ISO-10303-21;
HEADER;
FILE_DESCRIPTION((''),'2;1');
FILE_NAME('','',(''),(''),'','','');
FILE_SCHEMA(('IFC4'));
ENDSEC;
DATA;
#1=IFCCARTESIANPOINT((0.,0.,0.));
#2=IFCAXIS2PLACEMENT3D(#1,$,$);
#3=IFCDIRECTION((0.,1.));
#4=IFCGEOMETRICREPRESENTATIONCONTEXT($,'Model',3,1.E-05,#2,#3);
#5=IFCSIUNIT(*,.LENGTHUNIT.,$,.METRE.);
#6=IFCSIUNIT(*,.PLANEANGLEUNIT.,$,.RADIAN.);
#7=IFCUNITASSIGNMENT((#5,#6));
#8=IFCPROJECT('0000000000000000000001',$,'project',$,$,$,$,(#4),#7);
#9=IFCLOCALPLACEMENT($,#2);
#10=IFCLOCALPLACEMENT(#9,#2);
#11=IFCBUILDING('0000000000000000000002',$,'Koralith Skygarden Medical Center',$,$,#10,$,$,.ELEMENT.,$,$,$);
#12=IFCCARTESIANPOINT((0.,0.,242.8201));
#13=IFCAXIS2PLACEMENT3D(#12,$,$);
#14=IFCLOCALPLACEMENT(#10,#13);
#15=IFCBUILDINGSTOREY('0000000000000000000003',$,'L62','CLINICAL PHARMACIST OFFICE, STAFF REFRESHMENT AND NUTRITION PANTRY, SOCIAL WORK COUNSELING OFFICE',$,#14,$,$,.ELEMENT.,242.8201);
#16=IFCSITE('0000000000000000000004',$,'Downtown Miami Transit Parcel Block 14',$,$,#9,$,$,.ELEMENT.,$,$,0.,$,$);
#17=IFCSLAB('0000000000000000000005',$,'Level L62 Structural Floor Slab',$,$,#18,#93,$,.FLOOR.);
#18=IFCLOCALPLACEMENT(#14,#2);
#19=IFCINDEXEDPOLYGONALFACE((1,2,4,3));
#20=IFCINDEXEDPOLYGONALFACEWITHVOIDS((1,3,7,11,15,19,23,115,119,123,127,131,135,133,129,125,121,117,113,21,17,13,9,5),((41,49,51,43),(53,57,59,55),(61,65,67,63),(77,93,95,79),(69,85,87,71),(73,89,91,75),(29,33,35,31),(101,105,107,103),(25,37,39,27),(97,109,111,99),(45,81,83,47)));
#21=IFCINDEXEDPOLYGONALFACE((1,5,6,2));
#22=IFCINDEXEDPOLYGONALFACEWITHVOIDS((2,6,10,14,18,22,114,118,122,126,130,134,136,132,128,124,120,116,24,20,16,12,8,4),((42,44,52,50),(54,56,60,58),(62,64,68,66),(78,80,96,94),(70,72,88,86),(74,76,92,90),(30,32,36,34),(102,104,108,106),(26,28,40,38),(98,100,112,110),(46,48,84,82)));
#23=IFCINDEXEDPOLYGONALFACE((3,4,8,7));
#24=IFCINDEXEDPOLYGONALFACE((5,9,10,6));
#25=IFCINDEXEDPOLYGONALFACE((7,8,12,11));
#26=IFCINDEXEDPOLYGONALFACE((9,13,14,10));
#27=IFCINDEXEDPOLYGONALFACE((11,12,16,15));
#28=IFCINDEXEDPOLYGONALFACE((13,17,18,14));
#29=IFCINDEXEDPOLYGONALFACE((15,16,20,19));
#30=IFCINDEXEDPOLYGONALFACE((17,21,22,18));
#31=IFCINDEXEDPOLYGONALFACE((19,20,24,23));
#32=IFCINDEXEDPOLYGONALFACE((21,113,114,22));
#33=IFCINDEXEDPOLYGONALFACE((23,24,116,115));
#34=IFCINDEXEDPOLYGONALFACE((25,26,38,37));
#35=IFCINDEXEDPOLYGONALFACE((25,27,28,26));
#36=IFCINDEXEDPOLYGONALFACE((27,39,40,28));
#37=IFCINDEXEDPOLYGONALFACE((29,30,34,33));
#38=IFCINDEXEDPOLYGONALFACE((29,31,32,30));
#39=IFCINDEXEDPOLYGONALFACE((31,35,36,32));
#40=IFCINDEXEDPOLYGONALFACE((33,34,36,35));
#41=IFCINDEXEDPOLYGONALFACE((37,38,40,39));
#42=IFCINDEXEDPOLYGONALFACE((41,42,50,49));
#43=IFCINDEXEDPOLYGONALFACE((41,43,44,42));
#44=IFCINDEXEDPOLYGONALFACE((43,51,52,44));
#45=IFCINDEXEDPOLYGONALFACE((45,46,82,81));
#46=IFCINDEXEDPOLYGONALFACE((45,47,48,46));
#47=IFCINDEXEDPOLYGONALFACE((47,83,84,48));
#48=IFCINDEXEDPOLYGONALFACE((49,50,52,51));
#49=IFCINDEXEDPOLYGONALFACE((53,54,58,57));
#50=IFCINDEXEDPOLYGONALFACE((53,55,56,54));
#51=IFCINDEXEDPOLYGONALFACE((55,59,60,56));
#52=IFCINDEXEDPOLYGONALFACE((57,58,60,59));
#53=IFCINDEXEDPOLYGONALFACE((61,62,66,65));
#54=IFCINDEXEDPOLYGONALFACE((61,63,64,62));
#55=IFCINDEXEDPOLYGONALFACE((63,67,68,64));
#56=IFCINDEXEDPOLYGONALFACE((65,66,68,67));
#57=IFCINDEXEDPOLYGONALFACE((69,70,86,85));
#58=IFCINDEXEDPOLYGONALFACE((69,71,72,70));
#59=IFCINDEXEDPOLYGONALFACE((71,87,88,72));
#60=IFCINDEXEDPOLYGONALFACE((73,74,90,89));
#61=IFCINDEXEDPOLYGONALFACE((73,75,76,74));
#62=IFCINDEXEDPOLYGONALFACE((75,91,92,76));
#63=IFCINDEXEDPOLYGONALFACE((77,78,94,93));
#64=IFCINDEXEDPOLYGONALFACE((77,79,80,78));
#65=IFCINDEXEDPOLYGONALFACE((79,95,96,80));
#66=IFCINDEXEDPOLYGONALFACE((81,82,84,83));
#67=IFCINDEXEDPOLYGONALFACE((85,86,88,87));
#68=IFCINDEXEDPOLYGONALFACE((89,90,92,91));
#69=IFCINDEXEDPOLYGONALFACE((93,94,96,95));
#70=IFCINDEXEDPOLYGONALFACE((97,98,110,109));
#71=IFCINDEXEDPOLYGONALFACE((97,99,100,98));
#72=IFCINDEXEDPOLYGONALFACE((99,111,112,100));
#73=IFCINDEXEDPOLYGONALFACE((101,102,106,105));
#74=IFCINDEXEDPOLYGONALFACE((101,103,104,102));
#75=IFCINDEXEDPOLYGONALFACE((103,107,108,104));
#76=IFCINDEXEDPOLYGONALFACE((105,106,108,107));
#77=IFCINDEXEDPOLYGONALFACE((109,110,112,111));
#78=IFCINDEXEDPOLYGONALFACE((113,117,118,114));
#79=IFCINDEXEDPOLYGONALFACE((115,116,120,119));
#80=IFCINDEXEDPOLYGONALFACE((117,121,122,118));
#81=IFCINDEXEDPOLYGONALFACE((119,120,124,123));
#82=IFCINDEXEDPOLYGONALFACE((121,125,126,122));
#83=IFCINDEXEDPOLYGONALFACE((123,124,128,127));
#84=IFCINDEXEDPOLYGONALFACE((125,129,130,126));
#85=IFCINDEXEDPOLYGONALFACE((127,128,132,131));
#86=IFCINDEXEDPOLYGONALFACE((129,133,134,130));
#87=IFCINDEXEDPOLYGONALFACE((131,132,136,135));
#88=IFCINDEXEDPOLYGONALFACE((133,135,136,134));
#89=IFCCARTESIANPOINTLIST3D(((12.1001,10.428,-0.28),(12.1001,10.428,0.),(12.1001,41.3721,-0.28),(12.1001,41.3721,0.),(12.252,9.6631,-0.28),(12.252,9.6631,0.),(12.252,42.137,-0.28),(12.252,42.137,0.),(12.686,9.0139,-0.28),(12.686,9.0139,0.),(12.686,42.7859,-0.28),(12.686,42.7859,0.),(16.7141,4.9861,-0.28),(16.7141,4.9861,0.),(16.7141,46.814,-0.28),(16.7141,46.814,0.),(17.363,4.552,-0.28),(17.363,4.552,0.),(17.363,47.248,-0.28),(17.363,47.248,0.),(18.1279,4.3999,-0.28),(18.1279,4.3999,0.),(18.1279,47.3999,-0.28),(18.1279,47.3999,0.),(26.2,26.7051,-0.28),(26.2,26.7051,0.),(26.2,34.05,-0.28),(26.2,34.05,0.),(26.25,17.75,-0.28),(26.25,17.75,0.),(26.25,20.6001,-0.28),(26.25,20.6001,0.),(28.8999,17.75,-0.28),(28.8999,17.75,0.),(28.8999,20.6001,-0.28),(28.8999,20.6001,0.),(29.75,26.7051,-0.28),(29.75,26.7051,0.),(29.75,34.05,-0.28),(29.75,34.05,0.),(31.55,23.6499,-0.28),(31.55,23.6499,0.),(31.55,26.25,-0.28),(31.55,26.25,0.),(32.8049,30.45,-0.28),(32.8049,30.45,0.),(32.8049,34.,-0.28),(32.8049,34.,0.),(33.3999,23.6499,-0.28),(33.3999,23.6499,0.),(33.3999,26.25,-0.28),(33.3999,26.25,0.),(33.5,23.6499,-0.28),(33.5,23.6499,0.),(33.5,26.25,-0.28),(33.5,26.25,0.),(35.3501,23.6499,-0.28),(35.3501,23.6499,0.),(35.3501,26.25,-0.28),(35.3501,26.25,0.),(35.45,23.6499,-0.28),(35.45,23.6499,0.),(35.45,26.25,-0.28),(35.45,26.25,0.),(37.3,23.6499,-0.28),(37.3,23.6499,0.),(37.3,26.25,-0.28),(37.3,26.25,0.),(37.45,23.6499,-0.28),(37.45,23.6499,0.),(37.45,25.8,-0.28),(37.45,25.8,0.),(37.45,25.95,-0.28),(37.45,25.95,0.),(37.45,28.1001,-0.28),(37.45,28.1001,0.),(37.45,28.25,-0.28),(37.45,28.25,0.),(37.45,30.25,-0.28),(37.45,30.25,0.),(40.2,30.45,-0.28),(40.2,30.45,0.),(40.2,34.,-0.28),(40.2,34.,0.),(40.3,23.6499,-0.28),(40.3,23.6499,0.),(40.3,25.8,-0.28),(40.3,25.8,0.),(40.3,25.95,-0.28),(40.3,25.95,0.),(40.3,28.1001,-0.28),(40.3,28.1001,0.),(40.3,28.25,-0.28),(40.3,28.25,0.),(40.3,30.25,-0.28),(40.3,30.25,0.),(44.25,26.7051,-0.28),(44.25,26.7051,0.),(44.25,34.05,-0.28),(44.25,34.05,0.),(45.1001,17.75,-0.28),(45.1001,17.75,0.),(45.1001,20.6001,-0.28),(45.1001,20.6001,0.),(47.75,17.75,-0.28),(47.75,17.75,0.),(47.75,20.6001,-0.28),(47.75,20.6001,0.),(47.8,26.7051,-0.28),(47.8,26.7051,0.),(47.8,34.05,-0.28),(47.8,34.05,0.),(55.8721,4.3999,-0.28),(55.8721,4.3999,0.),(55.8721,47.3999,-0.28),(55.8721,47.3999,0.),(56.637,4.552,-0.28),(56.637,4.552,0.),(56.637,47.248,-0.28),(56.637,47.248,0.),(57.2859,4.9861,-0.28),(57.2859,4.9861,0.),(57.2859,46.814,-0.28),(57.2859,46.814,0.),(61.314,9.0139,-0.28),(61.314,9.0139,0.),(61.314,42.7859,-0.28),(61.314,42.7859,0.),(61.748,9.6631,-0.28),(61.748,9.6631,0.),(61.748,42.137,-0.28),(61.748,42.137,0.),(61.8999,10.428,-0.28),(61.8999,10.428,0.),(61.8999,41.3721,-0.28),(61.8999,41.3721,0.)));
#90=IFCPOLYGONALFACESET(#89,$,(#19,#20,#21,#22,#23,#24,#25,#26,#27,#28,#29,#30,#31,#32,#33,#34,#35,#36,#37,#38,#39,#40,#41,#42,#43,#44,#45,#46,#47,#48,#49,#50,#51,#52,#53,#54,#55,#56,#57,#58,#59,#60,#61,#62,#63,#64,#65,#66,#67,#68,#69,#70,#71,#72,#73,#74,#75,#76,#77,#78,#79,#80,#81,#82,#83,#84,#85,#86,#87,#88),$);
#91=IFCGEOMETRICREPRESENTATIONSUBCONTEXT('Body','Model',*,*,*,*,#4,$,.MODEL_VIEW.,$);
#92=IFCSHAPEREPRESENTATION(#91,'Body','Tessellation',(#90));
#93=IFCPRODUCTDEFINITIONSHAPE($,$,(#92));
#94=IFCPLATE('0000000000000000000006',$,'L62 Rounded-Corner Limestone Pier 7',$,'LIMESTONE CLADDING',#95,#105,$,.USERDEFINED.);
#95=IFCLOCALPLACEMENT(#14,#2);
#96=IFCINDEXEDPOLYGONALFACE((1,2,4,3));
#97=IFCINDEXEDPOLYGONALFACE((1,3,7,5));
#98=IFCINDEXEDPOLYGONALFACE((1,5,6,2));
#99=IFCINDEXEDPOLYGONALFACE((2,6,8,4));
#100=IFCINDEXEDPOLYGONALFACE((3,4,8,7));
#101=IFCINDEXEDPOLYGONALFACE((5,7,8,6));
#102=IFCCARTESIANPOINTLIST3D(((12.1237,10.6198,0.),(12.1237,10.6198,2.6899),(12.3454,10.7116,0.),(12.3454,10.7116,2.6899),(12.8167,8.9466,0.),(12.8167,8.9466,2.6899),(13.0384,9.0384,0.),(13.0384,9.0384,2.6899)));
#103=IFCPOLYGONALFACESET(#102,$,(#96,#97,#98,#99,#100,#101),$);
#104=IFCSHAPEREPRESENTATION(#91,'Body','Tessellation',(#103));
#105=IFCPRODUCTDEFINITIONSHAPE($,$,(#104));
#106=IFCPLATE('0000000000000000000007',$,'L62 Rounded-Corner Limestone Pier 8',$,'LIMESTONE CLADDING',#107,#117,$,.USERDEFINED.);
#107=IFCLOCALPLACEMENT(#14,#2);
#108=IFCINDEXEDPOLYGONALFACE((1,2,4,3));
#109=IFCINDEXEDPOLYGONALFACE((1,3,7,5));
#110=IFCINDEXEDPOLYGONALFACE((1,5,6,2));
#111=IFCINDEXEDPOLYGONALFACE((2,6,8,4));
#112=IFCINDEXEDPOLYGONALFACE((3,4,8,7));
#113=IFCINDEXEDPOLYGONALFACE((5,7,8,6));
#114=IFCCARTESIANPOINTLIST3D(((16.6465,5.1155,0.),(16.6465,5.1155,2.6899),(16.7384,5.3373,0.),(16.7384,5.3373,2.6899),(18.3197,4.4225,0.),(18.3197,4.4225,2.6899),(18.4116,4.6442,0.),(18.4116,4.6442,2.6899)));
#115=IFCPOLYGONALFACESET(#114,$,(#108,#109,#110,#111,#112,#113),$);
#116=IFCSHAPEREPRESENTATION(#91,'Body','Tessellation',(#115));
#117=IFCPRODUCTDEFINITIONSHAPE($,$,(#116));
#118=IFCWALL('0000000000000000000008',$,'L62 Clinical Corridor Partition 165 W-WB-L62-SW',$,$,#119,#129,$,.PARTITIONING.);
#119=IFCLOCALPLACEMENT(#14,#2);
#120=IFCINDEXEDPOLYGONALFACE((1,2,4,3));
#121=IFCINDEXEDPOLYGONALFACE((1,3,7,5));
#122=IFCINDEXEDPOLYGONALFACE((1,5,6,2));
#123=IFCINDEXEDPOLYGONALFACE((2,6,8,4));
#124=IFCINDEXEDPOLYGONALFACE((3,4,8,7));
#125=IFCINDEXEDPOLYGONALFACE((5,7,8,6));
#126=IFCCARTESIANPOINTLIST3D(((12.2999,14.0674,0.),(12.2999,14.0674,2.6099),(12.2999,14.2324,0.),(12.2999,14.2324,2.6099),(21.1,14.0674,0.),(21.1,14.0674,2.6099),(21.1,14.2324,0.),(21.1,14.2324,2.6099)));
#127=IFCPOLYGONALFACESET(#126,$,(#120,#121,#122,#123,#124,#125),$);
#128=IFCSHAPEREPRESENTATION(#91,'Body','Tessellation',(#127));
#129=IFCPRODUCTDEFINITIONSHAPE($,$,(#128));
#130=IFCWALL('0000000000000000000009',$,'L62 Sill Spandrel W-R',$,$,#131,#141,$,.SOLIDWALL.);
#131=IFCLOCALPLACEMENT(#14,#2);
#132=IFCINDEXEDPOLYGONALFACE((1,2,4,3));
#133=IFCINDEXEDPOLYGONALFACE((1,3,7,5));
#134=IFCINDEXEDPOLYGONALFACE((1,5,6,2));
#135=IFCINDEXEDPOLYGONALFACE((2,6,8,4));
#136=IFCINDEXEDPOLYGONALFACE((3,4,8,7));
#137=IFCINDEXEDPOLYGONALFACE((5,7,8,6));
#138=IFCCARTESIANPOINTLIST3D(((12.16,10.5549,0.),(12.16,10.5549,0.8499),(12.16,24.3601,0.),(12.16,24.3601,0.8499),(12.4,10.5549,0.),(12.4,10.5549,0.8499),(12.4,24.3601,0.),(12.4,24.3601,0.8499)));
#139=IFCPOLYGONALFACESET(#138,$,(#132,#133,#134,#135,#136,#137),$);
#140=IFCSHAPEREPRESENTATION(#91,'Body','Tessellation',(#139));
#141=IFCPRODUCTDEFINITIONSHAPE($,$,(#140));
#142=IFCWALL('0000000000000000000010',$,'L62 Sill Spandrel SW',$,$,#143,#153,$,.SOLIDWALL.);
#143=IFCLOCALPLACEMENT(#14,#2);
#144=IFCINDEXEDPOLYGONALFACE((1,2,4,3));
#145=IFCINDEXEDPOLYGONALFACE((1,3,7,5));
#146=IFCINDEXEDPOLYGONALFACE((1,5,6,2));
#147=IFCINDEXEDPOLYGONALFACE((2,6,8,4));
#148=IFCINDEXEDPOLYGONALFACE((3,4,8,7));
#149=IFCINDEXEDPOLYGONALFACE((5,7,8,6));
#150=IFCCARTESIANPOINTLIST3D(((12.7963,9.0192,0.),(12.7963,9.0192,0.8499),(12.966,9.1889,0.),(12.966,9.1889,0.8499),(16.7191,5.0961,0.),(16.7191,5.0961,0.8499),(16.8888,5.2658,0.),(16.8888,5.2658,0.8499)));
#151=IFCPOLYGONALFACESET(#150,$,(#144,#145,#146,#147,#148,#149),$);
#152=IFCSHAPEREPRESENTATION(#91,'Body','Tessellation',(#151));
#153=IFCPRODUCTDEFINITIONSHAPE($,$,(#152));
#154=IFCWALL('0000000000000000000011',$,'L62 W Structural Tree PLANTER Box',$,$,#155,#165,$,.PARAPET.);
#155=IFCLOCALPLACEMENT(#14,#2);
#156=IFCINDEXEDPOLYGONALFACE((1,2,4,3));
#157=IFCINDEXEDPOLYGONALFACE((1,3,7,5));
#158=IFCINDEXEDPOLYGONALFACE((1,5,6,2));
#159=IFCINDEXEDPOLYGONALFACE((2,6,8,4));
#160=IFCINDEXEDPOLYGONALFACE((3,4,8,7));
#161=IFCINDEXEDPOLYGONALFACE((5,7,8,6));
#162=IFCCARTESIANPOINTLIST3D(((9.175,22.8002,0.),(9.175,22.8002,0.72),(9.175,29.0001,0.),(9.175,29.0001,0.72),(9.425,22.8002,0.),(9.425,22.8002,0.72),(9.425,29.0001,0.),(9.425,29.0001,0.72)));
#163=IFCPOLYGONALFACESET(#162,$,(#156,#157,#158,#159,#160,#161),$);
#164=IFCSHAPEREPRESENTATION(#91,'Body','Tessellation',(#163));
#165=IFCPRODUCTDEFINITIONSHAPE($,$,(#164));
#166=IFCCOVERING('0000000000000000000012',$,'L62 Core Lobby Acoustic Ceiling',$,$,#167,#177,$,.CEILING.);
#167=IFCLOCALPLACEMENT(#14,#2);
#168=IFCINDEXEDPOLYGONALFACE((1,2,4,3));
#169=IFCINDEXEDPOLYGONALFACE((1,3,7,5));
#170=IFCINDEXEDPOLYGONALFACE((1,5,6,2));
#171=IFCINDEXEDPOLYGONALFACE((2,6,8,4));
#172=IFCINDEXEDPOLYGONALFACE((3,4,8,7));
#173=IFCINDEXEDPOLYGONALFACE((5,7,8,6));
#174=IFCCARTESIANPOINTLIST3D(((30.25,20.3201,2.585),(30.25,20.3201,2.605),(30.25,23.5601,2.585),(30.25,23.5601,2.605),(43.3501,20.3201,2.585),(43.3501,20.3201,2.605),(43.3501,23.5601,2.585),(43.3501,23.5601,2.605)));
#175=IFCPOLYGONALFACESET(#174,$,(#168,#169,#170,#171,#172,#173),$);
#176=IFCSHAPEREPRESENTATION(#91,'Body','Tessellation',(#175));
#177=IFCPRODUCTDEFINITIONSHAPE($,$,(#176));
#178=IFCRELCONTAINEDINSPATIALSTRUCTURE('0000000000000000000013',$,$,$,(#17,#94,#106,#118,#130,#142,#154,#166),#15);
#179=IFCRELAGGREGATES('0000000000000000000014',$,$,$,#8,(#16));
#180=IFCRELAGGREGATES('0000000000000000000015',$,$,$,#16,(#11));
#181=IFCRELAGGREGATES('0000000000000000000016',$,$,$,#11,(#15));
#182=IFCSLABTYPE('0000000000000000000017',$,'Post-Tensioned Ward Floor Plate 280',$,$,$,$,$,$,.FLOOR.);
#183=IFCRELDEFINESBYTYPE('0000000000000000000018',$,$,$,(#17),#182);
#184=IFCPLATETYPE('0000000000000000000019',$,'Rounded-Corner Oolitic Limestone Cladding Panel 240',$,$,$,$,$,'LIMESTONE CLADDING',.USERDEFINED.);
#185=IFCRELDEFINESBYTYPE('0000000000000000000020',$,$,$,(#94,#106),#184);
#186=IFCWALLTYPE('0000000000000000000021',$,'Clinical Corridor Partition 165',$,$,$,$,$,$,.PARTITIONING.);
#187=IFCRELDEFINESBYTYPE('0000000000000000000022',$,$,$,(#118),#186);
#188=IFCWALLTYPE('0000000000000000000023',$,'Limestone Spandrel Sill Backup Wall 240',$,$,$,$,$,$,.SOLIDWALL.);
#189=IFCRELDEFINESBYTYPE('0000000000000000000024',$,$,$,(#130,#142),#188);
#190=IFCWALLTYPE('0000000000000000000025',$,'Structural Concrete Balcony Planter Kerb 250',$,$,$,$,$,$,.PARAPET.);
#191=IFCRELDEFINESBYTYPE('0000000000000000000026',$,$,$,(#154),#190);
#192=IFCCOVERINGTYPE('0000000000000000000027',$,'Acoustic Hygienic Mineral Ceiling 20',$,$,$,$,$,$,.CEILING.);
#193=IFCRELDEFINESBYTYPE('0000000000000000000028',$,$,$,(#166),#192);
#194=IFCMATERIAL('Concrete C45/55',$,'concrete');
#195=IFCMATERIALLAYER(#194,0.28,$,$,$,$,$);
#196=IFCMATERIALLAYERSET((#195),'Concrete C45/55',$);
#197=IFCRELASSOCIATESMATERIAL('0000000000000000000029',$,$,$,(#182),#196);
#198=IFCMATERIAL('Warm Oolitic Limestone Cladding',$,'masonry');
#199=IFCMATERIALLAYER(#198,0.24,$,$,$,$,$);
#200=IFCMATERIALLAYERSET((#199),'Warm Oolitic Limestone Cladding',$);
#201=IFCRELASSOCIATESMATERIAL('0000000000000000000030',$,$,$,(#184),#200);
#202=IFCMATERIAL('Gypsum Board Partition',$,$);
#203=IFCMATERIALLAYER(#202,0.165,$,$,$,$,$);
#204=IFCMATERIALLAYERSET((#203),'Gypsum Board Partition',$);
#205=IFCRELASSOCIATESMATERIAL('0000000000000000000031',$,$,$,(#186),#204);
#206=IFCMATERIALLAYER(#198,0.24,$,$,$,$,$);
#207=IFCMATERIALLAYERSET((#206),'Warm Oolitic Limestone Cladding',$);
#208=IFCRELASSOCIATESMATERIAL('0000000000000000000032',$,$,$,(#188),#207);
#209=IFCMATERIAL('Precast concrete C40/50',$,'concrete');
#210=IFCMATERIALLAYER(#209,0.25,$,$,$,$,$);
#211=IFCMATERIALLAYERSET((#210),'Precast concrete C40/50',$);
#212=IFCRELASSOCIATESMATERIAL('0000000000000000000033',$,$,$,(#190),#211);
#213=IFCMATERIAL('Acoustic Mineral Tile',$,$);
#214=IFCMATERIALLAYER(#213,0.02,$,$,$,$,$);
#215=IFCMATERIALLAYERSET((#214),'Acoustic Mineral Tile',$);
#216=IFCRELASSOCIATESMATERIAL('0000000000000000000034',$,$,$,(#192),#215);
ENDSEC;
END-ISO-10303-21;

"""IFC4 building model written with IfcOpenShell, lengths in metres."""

from ifc_helpers import new_model, si_unit, direction, frame, frame_2d, origin, origin_2d, place, context, subcontext, project, spatial, polyline, rectangle, outline, extrude, material, layer, layer_set, type_object, element, save


model = new_model("IFC4")

# Units and contexts
model_context = context("Model", 3, precision=1e-05, world=origin(), true_north=direction((0.0, 1.0)))
body_context = subcontext(model_context, "Body", "Model", "MODEL_VIEW")
ifc_project = project(units=[si_unit("LENGTHUNIT", "METRE"), si_unit("PLANEANGLEUNIT", "RADIAN")], contexts=[model_context])

# Site, building, storey
site_placement = place(None, origin())
site = spatial("IfcSite", under=ifc_project, at=site_placement, Name="Downtown Miami Transit Parcel Block 14", CompositionType="ELEMENT", RefElevation=0.0)
building_placement = place(site_placement, origin())
building = spatial("IfcBuilding", under=site, at=building_placement, Name="Koralith Skygarden Medical Center", CompositionType="ELEMENT")
storey_placement = place(building_placement, frame((0.0, 0.0, 242.8201)))
storey = spatial("IfcBuildingStorey", under=building, at=storey_placement, Name="L62", Description="CLINICAL PHARMACIST OFFICE, STAFF REFRESHMENT AND NUTRITION PANTRY, SOCIAL WORK COUNSELING OFFICE", CompositionType="ELEMENT", Elevation=242.8201)

# Shared definitions
ifc_material_1 = material(Name="Concrete C45/55", Category="concrete")

# Slab
ifc_layer_1 = layer(ifc_material_1, 0.28)
ifc_layer_set_1 = layer_set([ifc_layer_1], Name="Concrete C45/55")
slab_type_1 = type_object("IfcSlabType", Name="Post-Tensioned Ward Floor Plate 280", PredefinedType="FLOOR", material=ifc_layer_set_1)
slab_1_placement = place(storey_placement, frame((0.0, 0.0, -0.28)))
element("IfcSlab", 1, at=slab_1_placement, inside=storey, type_object=slab_type_1, Name="Level L62 Structural Floor Slab", PredefinedType="FLOOR", context=body_context, shape_type="SweptSolid", body=[
    extrude(outline(polyline([(16.7141, 4.9861), (17.363, 4.552), (18.1279, 4.3999), (55.8721, 4.3999), (56.637, 4.552), (57.2859, 4.9861), (61.314, 9.0139), (61.748, 9.6631), (61.8999, 10.428), (61.8999, 41.3721), (61.748, 42.137), (61.314, 42.7859), (57.2859, 46.814), (56.637, 47.248), (55.8721, 47.3999), (18.1279, 47.3999), (17.363, 47.248), (16.7141, 46.814), (12.686, 42.7859), (12.252, 42.137), (12.1001, 41.3721), (12.1001, 10.428), (12.252, 9.6631), (12.686, 9.0139), (16.7141, 4.9861)]), holes=[polyline([(26.2, 26.7051), (29.75, 26.7051), (29.75, 34.05), (26.2, 34.05), (26.2, 26.7051)]), polyline([(44.25, 26.7051), (47.8, 26.7051), (47.8, 34.05), (44.25, 34.05), (44.25, 26.7051)]), polyline([(32.8049, 30.45), (40.2, 30.45), (40.2, 34.0), (32.8049, 34.0), (32.8049, 30.45)]), polyline([(26.25, 17.75), (28.8999, 17.75), (28.8999, 20.6001), (26.25, 20.6001), (26.25, 17.75)]), polyline([(45.1001, 17.75), (47.75, 17.75), (47.75, 20.6001), (45.1001, 20.6001), (45.1001, 17.75)]), polyline([(31.55, 23.6499), (33.3999, 23.6499), (33.3999, 26.25), (31.55, 26.25), (31.55, 23.6499)]), polyline([(33.5, 23.6499), (35.3501, 23.6499), (35.3501, 26.25), (33.5, 26.25), (33.5, 23.6499)]), polyline([(35.45, 23.6499), (37.3, 23.6499), (37.3, 26.25), (35.45, 26.25), (35.45, 23.6499)]), polyline([(37.45, 23.6499), (40.3, 23.6499), (40.3, 25.8), (37.45, 25.8), (37.45, 23.6499)]), polyline([(37.45, 25.95), (40.3, 25.95), (40.3, 28.1001), (37.45, 28.1001), (37.45, 25.95)]), polyline([(37.45, 28.25), (40.3, 28.25), (40.3, 30.25), (37.45, 30.25), (37.45, 28.25)])]), origin(), (0.0, 0.0, 1.0), 0.28),
])

# Plates
ifc_material_2 = material(Name="Warm Oolitic Limestone Cladding", Category="masonry")
ifc_layer_2 = layer(ifc_material_2, 0.24)
ifc_layer_set_2 = layer_set([ifc_layer_2], Name="Warm Oolitic Limestone Cladding")
plate_type_1 = type_object("IfcPlateType", Name="Rounded-Corner Oolitic Limestone Cladding Panel 240", ElementType="LIMESTONE CLADDING", PredefinedType="USERDEFINED", material=ifc_layer_set_2)
for number, where, z_axis, x_axis, name in (
    (2, (12.5811, 9.8291, 0.0), (0.0, 0.0, 1.0), (0.382671, -0.923885, 0.0), "L62 Rounded-Corner Limestone Pier 7"),
    (3, (17.5291, 4.8799, 0.0), (0.0, 0.0, 1.0), (0.923885, -0.382671, 0.0), "L62 Rounded-Corner Limestone Pier 8"),
):
    element("IfcPlate", number, at=place(storey_placement, frame(where, z_axis=z_axis, x_axis=x_axis)), inside=storey, type_object=plate_type_1, Name=name, ObjectType="LIMESTONE CLADDING", PredefinedType="USERDEFINED", context=body_context, shape_type="SweptSolid", body=[
        extrude(rectangle(XDim=1.811, YDim=0.24, at=origin_2d()), origin(), (0.0, 0.0, 1.0), 2.6899),
    ])

# Walls
ifc_material_3 = material(Name="Gypsum Board Partition")
ifc_layer_3 = layer(ifc_material_3, 0.165)
ifc_layer_set_3 = layer_set([ifc_layer_3], Name="Gypsum Board Partition")
wall_type_1 = type_object("IfcWallType", Name="Clinical Corridor Partition 165", PredefinedType="PARTITIONING", material=ifc_layer_set_3)
wall_1_placement = place(storey_placement, frame((12.3, 14.1499, 0.0), z_axis=(0.0, 0.0, 1.0), x_axis=(1.0, 0.0, 0.0)))
element("IfcWall", 4, at=wall_1_placement, inside=storey, type_object=wall_type_1, Name="L62 Clinical Corridor Partition 165 W-WB-L62-SW", PredefinedType="PARTITIONING", context=body_context, shape_type="SweptSolid", body=[
    extrude(rectangle(XDim=8.8, YDim=0.165, at=frame_2d((4.3999, 0.0))), origin(), (0.0, 0.0, 1.0), 2.6099),
])
ifc_layer_4 = layer(ifc_material_2, 0.24)
ifc_layer_set_4 = layer_set([ifc_layer_4], Name="Warm Oolitic Limestone Cladding")
wall_type_2 = type_object("IfcWallType", Name="Limestone Spandrel Sill Backup Wall 240", PredefinedType="SOLIDWALL", material=ifc_layer_set_4)
wall_2_placement = place(storey_placement, frame((12.28, 24.3601, 0.0), z_axis=(0.0, 0.0, 1.0), x_axis=(0.0, -1.0, 0.0)))
element("IfcWall", 5, at=wall_2_placement, inside=storey, type_object=wall_type_2, Name="L62 Sill Spandrel W-R", PredefinedType="SOLIDWALL", context=body_context, shape_type="SweptSolid", body=[
    extrude(rectangle(XDim=13.8052, YDim=0.24, at=frame_2d((6.9026, 0.0))), origin(), (0.0, 0.0, 1.0), 0.8499),
])
wall_3_placement = place(storey_placement, frame((12.8811, 9.104, 0.0), z_axis=(0.0, 0.0, 1.0), x_axis=(0.707085, -0.707129, 0.0)))
element("IfcWall", 6, at=wall_3_placement, inside=storey, type_object=wall_type_2, Name="L62 Sill Spandrel SW", PredefinedType="SOLIDWALL", context=body_context, shape_type="SweptSolid", body=[
    extrude(rectangle(XDim=5.5479, YDim=0.24, at=frame_2d((2.7739, 0.0))), origin(), (0.0, 0.0, 1.0), 0.8499),
])
ifc_material_4 = material(Name="Precast concrete C40/50", Category="concrete")
ifc_layer_5 = layer(ifc_material_4, 0.25)
ifc_layer_set_5 = layer_set([ifc_layer_5], Name="Precast concrete C40/50")
wall_type_3 = type_object("IfcWallType", Name="Structural Concrete Balcony Planter Kerb 250", PredefinedType="PARAPET", material=ifc_layer_set_5)
wall_4_placement = place(storey_placement, frame((9.3, 22.8, 0.0), z_axis=(0.0, 0.0, 1.0), x_axis=(0.0, 1.0, 0.0)))
element("IfcWall", 7, at=wall_4_placement, inside=storey, type_object=wall_type_3, Name="L62 W Structural Tree PLANTER Box", PredefinedType="PARAPET", context=body_context, shape_type="SweptSolid", body=[
    extrude(rectangle(XDim=6.2, YDim=0.25, at=frame_2d((3.1001, 0.0))), origin(), (0.0, 0.0, 1.0), 0.72),
])

# Covering
ifc_material_5 = material(Name="Acoustic Mineral Tile")
ifc_layer_6 = layer(ifc_material_5, 0.02)
ifc_layer_set_6 = layer_set([ifc_layer_6], Name="Acoustic Mineral Tile")
covering_type_1 = type_object("IfcCoveringType", Name="Acoustic Hygienic Mineral Ceiling 20", PredefinedType="CEILING", material=ifc_layer_set_6)
covering_1_placement = place(storey_placement, frame((0.0, 0.0, 2.585)))
element("IfcCovering", 8, at=covering_1_placement, inside=storey, type_object=covering_type_1, Name="L62 Core Lobby Acoustic Ceiling", PredefinedType="CEILING", context=body_context, shape_type="SweptSolid", body=[
    extrude(outline(polyline([(30.25, 20.3201), (43.3501, 20.3201), (43.3501, 23.5601), (30.25, 23.5601), (30.25, 20.3201)])), origin(), (0.0, 0.0, 1.0), 0.02),
])

save(model, "model.ifc")
